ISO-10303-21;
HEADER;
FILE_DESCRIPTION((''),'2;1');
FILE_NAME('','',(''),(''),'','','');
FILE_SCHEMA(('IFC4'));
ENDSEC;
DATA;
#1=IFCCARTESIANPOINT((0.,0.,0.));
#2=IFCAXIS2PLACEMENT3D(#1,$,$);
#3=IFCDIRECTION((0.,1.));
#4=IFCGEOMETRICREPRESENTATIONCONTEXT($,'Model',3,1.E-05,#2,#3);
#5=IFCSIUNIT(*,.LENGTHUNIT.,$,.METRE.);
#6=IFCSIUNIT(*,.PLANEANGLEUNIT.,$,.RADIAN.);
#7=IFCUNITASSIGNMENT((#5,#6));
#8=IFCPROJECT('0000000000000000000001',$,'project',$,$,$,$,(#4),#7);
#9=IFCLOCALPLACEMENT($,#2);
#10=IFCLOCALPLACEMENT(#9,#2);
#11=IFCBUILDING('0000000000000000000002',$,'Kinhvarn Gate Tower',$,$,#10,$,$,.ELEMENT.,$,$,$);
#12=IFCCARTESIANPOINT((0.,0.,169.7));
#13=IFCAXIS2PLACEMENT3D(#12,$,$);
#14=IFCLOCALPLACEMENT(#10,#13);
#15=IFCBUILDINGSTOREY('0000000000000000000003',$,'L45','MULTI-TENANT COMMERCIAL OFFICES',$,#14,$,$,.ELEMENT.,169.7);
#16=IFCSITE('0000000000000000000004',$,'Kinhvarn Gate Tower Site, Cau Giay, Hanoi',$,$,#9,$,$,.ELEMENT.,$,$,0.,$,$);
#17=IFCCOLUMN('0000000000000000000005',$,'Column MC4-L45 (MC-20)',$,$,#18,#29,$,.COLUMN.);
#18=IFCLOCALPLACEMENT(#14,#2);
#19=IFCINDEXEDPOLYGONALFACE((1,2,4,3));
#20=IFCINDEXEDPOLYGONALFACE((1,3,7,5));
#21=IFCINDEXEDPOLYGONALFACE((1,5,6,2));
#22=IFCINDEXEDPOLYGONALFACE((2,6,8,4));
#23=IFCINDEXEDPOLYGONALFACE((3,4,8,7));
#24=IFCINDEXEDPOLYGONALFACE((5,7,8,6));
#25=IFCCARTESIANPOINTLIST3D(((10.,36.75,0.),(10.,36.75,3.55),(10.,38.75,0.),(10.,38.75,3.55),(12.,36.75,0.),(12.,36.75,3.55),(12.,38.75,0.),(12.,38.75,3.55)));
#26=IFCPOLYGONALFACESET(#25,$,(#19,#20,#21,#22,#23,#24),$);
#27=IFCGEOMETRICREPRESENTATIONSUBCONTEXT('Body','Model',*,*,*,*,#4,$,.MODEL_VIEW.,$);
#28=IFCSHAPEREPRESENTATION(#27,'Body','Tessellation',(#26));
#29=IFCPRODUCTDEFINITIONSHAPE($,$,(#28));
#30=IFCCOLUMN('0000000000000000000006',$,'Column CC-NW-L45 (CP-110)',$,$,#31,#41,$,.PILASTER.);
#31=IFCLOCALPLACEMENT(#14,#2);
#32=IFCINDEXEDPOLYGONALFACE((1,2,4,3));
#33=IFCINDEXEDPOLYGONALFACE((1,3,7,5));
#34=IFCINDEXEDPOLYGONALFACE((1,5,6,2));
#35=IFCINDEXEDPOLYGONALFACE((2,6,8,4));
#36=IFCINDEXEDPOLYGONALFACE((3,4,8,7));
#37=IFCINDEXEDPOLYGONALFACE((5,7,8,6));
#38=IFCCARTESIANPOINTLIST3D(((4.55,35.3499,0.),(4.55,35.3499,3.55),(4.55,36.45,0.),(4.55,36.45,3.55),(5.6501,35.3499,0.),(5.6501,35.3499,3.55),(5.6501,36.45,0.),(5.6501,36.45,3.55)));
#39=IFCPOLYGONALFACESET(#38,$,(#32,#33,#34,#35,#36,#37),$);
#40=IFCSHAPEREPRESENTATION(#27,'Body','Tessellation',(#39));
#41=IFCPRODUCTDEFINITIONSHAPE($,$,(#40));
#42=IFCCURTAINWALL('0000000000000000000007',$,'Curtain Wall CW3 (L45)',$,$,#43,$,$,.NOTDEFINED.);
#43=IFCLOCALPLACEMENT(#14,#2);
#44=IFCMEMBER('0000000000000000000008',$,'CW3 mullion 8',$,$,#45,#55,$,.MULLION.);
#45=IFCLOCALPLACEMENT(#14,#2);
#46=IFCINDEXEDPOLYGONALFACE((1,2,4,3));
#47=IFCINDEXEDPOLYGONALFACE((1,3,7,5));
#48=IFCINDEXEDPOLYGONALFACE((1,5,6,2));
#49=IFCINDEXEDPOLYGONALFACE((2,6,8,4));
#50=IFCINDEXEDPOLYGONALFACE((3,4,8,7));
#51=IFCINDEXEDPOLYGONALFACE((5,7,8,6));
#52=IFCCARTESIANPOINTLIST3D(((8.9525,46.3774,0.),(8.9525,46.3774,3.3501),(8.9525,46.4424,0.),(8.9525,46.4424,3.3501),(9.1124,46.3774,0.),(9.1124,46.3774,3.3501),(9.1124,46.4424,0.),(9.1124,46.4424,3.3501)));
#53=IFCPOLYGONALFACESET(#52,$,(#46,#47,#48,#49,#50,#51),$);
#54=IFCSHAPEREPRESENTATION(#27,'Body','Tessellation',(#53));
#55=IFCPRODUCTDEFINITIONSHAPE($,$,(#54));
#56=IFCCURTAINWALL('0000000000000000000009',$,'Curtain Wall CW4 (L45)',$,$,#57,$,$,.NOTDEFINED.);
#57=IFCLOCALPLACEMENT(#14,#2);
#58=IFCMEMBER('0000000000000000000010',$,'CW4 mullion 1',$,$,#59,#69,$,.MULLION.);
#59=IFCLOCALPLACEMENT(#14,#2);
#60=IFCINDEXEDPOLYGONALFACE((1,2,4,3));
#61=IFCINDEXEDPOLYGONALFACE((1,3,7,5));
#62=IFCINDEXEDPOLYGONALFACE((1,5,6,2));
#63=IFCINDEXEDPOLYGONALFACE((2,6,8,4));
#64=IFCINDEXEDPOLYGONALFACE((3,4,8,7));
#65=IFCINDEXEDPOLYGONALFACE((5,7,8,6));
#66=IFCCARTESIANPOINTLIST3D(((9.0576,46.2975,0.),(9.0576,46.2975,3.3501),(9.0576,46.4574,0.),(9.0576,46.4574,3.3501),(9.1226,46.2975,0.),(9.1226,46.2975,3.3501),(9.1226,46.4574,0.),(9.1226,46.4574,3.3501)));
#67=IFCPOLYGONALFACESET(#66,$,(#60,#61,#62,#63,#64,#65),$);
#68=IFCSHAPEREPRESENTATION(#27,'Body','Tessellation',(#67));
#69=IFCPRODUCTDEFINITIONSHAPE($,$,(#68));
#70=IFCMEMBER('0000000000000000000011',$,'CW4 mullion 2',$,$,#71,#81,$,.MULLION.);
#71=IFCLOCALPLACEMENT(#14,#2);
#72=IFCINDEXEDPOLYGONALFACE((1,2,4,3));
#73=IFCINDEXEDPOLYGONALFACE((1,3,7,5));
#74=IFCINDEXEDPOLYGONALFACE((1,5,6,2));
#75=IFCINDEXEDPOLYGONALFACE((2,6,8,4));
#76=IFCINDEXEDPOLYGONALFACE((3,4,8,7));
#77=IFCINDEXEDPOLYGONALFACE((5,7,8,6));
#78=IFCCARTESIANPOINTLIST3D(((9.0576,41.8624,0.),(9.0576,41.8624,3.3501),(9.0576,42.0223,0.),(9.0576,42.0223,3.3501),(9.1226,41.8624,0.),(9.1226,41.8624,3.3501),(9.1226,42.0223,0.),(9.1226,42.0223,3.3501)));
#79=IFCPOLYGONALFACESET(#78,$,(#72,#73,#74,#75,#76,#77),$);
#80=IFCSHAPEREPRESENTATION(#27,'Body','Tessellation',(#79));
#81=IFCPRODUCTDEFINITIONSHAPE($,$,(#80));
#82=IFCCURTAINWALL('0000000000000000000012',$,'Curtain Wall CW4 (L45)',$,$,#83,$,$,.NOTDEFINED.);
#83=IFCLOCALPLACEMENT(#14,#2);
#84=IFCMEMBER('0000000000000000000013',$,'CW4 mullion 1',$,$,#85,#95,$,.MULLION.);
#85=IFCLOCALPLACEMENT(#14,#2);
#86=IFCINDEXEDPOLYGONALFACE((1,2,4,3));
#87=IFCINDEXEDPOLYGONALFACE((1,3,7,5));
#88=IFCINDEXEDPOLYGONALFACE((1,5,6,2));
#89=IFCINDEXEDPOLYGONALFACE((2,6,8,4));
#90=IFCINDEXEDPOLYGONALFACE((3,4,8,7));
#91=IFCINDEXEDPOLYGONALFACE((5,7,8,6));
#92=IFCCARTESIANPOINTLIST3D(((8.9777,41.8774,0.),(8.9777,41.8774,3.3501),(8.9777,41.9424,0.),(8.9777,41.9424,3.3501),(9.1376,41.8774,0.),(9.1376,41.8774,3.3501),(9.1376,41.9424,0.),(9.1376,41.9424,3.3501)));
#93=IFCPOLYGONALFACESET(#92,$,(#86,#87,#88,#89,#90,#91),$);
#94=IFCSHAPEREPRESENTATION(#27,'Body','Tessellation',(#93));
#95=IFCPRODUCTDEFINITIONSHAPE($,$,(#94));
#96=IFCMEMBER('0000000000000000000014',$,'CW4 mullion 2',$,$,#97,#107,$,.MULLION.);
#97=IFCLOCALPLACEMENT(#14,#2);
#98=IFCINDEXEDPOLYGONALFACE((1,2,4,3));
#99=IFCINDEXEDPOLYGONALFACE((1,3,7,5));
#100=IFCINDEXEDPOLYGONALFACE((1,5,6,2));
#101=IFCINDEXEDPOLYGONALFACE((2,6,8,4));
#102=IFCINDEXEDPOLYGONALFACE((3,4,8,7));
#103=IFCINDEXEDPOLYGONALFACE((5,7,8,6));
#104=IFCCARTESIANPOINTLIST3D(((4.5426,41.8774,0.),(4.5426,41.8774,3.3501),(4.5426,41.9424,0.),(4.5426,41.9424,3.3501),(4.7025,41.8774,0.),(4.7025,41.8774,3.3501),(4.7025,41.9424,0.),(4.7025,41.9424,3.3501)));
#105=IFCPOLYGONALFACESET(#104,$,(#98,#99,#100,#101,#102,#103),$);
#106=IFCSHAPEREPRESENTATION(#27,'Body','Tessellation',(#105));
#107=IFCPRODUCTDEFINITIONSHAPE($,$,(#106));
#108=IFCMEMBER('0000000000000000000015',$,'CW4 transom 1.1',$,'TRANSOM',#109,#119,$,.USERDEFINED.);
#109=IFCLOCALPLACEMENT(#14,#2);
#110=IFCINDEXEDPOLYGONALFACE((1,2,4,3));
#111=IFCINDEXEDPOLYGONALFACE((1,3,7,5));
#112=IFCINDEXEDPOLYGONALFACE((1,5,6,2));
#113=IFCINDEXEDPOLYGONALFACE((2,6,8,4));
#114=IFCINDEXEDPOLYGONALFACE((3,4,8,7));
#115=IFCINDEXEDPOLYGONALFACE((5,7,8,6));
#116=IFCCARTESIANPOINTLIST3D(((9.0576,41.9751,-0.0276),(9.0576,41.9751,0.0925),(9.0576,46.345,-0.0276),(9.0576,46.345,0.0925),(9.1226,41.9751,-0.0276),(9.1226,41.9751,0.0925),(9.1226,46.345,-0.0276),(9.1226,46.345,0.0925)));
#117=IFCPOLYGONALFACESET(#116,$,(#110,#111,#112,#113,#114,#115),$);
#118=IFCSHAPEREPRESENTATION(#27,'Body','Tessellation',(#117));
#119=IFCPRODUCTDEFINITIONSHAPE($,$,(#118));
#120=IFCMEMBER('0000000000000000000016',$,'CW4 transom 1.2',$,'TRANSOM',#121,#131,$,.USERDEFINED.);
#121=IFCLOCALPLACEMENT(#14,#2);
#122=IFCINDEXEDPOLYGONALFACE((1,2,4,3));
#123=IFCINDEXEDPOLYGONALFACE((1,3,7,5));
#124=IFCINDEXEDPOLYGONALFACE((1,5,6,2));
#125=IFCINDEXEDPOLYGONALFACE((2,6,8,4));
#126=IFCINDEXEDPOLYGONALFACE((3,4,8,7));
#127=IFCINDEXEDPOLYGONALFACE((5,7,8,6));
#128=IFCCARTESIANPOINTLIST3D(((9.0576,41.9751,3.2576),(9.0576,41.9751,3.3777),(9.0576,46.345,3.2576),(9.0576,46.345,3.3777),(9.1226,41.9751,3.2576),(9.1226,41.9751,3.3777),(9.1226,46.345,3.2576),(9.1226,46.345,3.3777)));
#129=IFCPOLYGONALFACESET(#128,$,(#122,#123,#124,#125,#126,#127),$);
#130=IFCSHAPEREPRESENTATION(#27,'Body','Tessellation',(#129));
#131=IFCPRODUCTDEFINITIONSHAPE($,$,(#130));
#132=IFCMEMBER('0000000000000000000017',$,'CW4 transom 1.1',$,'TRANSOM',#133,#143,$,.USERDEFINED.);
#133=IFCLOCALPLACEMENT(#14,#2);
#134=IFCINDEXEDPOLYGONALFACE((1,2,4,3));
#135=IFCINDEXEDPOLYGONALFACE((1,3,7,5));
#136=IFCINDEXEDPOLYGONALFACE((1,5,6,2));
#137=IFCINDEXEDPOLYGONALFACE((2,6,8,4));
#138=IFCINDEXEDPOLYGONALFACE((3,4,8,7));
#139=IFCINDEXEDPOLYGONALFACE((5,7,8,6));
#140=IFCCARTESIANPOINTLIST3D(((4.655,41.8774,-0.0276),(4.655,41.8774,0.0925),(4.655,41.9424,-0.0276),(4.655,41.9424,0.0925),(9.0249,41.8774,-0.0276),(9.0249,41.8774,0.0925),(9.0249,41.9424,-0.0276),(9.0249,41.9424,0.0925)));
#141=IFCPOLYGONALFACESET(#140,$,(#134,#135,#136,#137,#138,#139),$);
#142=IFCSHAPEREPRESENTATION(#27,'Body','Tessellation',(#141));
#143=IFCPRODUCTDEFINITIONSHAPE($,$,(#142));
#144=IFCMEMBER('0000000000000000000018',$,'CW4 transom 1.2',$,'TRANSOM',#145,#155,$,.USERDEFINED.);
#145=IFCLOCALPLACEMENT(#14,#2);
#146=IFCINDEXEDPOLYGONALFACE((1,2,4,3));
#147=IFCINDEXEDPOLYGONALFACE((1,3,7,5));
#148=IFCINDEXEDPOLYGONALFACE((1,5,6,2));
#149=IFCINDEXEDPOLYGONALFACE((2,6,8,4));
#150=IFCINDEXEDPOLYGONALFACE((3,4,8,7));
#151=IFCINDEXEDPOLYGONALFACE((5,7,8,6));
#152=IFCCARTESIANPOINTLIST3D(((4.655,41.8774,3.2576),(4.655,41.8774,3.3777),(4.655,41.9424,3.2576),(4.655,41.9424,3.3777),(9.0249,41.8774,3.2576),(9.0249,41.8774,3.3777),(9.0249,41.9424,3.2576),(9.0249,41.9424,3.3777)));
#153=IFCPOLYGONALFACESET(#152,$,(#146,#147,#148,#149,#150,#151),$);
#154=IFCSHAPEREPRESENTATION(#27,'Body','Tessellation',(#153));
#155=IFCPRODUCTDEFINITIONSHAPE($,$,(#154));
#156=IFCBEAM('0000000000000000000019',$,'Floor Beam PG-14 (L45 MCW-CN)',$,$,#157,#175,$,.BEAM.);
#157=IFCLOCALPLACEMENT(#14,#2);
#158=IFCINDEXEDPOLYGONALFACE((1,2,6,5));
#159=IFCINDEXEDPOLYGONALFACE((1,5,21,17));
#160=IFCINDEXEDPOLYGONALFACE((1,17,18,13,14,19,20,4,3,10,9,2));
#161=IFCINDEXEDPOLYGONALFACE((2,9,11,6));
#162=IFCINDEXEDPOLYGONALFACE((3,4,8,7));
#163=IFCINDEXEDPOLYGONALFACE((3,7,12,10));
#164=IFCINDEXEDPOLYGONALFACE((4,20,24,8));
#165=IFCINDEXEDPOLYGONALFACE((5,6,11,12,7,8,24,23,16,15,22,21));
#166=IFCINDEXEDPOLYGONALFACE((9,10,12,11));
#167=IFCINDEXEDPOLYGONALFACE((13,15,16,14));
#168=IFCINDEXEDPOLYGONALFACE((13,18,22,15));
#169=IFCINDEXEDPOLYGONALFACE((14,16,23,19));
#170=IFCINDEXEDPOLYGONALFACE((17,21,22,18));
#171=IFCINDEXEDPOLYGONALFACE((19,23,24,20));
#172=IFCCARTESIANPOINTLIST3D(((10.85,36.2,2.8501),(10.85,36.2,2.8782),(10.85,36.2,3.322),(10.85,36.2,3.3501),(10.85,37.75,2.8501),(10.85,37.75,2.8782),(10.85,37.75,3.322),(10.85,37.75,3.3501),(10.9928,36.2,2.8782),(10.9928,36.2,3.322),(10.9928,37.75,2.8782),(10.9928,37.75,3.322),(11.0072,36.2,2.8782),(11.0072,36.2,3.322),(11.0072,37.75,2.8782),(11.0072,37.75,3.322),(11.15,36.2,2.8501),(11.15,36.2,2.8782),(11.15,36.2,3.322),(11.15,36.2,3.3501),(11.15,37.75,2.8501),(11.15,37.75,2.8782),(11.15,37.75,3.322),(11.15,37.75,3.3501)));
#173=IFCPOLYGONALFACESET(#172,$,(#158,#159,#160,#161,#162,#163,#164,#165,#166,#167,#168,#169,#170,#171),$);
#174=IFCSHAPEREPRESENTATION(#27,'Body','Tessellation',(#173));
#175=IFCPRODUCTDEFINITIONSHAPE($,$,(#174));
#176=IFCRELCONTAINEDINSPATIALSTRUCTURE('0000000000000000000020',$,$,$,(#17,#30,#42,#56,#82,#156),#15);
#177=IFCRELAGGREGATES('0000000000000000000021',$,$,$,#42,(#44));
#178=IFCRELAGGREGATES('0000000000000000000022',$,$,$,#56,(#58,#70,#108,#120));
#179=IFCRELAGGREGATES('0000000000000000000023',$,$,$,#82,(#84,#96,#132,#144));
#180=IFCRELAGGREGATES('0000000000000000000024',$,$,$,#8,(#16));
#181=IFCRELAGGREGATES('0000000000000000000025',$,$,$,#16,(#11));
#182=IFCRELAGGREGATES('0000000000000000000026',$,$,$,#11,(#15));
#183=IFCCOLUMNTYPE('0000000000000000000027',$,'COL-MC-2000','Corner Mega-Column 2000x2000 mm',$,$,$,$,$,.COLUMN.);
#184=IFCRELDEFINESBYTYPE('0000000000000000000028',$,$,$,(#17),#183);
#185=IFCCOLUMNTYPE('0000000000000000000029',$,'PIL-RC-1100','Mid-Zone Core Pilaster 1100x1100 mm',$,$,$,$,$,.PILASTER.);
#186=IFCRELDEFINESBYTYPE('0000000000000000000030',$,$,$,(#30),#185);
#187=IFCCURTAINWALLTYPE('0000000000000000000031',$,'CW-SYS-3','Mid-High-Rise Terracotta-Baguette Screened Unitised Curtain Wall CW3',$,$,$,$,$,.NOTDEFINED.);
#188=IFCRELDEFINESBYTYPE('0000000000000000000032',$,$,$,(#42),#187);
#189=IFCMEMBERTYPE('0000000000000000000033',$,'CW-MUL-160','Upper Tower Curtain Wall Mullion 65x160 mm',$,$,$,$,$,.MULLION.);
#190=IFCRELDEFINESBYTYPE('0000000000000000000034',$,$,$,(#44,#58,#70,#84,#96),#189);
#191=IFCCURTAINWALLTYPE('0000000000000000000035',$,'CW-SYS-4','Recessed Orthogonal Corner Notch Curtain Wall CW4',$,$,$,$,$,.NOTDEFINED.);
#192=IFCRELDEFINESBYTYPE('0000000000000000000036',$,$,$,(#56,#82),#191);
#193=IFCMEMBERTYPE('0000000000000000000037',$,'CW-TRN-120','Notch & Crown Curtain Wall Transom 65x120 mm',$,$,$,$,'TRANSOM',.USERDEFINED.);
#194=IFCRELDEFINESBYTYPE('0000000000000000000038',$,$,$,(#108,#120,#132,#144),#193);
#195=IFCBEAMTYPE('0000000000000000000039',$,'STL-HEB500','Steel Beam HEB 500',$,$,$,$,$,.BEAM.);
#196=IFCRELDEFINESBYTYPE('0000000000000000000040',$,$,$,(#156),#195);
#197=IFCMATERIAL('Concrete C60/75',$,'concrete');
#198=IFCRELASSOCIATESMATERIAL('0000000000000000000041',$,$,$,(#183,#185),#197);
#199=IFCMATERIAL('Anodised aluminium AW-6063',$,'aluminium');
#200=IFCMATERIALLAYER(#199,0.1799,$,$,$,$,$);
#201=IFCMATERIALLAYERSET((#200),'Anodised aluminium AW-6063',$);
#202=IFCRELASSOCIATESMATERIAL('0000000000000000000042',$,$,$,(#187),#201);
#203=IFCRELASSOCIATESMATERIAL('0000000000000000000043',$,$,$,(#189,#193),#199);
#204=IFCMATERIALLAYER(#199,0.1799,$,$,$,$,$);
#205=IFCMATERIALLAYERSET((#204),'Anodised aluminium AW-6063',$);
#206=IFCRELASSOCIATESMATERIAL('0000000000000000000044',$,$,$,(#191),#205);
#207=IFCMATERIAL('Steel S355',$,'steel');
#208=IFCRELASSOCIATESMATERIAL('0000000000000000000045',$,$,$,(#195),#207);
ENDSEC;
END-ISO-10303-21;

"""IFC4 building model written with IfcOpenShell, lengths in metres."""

from ifc_helpers import new_model, si_unit, direction, frame, origin, origin_2d, place, context, subcontext, project, spatial, rectangle, i_section, extrude, material, layer, layer_set, material_profile, profile_set, type_object, element, aggregate, save


model = new_model("IFC4")

# Units and contexts
model_context = context("Model", 3, precision=1e-05, world=origin(), true_north=direction((0.0, 1.0)))
body_context = subcontext(model_context, "Body", "Model", "MODEL_VIEW")
ifc_project = project(units=[si_unit("LENGTHUNIT", "METRE"), si_unit("PLANEANGLEUNIT", "RADIAN")], contexts=[model_context])

# Site, building, storey
site_placement = place(None, origin())
site = spatial("IfcSite", under=ifc_project, at=site_placement, Name="Kinhvarn Gate Tower Site, Cau Giay, Hanoi", CompositionType="ELEMENT", RefElevation=0.0)
building_placement = place(site_placement, origin())
building = spatial("IfcBuilding", under=site, at=building_placement, Name="Kinhvarn Gate Tower", CompositionType="ELEMENT")
storey_placement = place(building_placement, frame((0.0, 0.0, 169.7)))
storey = spatial("IfcBuildingStorey", under=building, at=storey_placement, Name="L45", Description="MULTI-TENANT COMMERCIAL OFFICES", CompositionType="ELEMENT", Elevation=169.7)

# Columns
ifc_material_1 = material(Name="Concrete C60/75", Category="concrete")
ifc_material_profile_1 = material_profile(ifc_material_1, rectangle(XDim=2.0, YDim=2.0, at=origin_2d()), Name="RC 2000x2000")
ifc_profile_set_1 = profile_set([ifc_material_profile_1], Name="Concrete C60/75")
column_type_1 = type_object("IfcColumnType", Name="COL-MC-2000", Description="Corner Mega-Column 2000x2000 mm", PredefinedType="COLUMN", material=ifc_profile_set_1)
column_1_placement = place(storey_placement, frame((11.0, 37.75, 0.0), z_axis=(0.0, 0.0, 1.0), x_axis=(1.0, 0.0, 0.0)))
element("IfcColumn", 1, at=column_1_placement, inside=storey, type_object=column_type_1, Name="Column MC4-L45 (MC-20)", PredefinedType="COLUMN", context=body_context, shape_type="SweptSolid", body=[
    extrude(rectangle(XDim=2.0, YDim=2.0, at=origin_2d()), origin(), (0.0, 0.0, 1.0), 3.55),
])
ifc_material_profile_2 = material_profile(ifc_material_1, rectangle(XDim=1.1001, YDim=1.1001, at=origin_2d()), Name="RC 1100x1100")
ifc_profile_set_2 = profile_set([ifc_material_profile_2], Name="Concrete C60/75")
column_type_2 = type_object("IfcColumnType", Name="PIL-RC-1100", Description="Mid-Zone Core Pilaster 1100x1100 mm", PredefinedType="PILASTER", material=ifc_profile_set_2)
column_2_placement = place(storey_placement, frame((5.1001, 35.8999, 0.0), z_axis=(0.0, 0.0, 1.0), x_axis=(1.0, 0.0, 0.0)))
element("IfcColumn", 2, at=column_2_placement, inside=storey, type_object=column_type_2, Name="Column CC-NW-L45 (CP-110)", PredefinedType="PILASTER", context=body_context, shape_type="SweptSolid", body=[
    extrude(rectangle(XDim=1.1001, YDim=1.1001, at=origin_2d()), origin(), (0.0, 0.0, 1.0), 3.55),
])

# Curtain wall, member
ifc_material_2 = material(Name="Anodised aluminium AW-6063", Category="aluminium")
ifc_layer_1 = layer(ifc_material_2, 0.1799)
ifc_layer_set_1 = layer_set([ifc_layer_1], Name="Anodised aluminium AW-6063")
curtain_wall_type_1 = type_object("IfcCurtainWallType", Name="CW-SYS-3", Description="Mid-High-Rise Terracotta-Baguette Screened Unitised Curtain Wall CW3", PredefinedType="NOTDEFINED", material=ifc_layer_set_1)
curtain_wall_1_placement = place(storey_placement, origin())
curtain_wall_1 = element("IfcCurtainWall", 3, at=curtain_wall_1_placement, inside=storey, type_object=curtain_wall_type_1, Name="Curtain Wall CW3 (L45)", PredefinedType="NOTDEFINED")
ifc_material_profile_3 = material_profile(ifc_material_2, rectangle(XDim=0.0649, YDim=0.1599, at=origin_2d()), Name="ALU 65x160")
ifc_profile_set_3 = profile_set([ifc_material_profile_3], Name="Anodised aluminium AW-6063")
member_type_1 = type_object("IfcMemberType", Name="CW-MUL-160", Description="Upper Tower Curtain Wall Mullion 65x160 mm", PredefinedType="MULLION", material=ifc_profile_set_3)
member_1_placement = place(storey_placement, frame((9.0325, 46.4099, 0.0), z_axis=(0.0, 0.0, 1.0), x_axis=(0.0, -1.0, 0.0)))
member_1 = element("IfcMember", 4, at=member_1_placement, type_object=member_type_1, Name="CW3 mullion 8", PredefinedType="MULLION", context=body_context, shape_type="SweptSolid", body=[
    extrude(rectangle(XDim=0.0649, YDim=0.1599, at=origin_2d()), origin(), (0.0, 0.0, 1.0), 3.3501),
])
aggregate(curtain_wall_1, [member_1])

# Curtain walls, members
ifc_layer_2 = layer(ifc_material_2, 0.1799)
ifc_layer_set_2 = layer_set([ifc_layer_2], Name="Anodised aluminium AW-6063")
curtain_wall_type_2 = type_object("IfcCurtainWallType", Name="CW-SYS-4", Description="Recessed Orthogonal Corner Notch Curtain Wall CW4", PredefinedType="NOTDEFINED", material=ifc_layer_set_2)
curtain_wall_2_placement = place(storey_placement, origin())
curtain_wall_2 = element("IfcCurtainWall", 5, at=curtain_wall_2_placement, inside=storey, type_object=curtain_wall_type_2, Name="Curtain Wall CW4 (L45)", PredefinedType="NOTDEFINED")
member_2_placement = place(storey_placement, frame((9.0901, 46.3774, 0.0), z_axis=(0.0, 0.0, 1.0), x_axis=(1.0, 0.0, 0.0)))
member_2 = element("IfcMember", 6, at=member_2_placement, type_object=member_type_1, Name="CW4 mullion 1", PredefinedType="MULLION", context=body_context, shape_type="SweptSolid", body=[
    extrude(rectangle(XDim=0.0649, YDim=0.1599, at=origin_2d()), origin(), (0.0, 0.0, 1.0), 3.3501),
])
member_3_placement = place(storey_placement, frame((9.0901, 41.9424, 0.0), z_axis=(0.0, 0.0, 1.0), x_axis=(1.0, 0.0, 0.0)))
member_3 = element("IfcMember", 7, at=member_3_placement, type_object=member_type_1, Name="CW4 mullion 2", PredefinedType="MULLION", context=body_context, shape_type="SweptSolid", body=[
    extrude(rectangle(XDim=0.0649, YDim=0.1599, at=origin_2d()), origin(), (0.0, 0.0, 1.0), 3.3501),
])
curtain_wall_3_placement = place(storey_placement, origin())
curtain_wall_3 = element("IfcCurtainWall", 8, at=curtain_wall_3_placement, inside=storey, type_object=curtain_wall_type_2, Name="Curtain Wall CW4 (L45)", PredefinedType="NOTDEFINED")
member_4_placement = place(storey_placement, frame((9.0576, 41.9099, 0.0), z_axis=(0.0, 0.0, 1.0), x_axis=(0.0, -1.0, 0.0)))
member_4 = element("IfcMember", 9, at=member_4_placement, type_object=member_type_1, Name="CW4 mullion 1", PredefinedType="MULLION", context=body_context, shape_type="SweptSolid", body=[
    extrude(rectangle(XDim=0.0649, YDim=0.1599, at=origin_2d()), origin(), (0.0, 0.0, 1.0), 3.3501),
])
member_5_placement = place(storey_placement, frame((4.6226, 41.9099, 0.0), z_axis=(0.0, 0.0, 1.0), x_axis=(0.0, -1.0, 0.0)))
member_5 = element("IfcMember", 10, at=member_5_placement, type_object=member_type_1, Name="CW4 mullion 2", PredefinedType="MULLION", context=body_context, shape_type="SweptSolid", body=[
    extrude(rectangle(XDim=0.0649, YDim=0.1599, at=origin_2d()), origin(), (0.0, 0.0, 1.0), 3.3501),
])

# Members
ifc_material_profile_4 = material_profile(ifc_material_2, rectangle(XDim=0.0649, YDim=0.1201, at=origin_2d()), Name="ALU 65x120")
ifc_profile_set_4 = profile_set([ifc_material_profile_4], Name="Anodised aluminium AW-6063")
member_type_2 = type_object("IfcMemberType", Name="CW-TRN-120", Description="Notch & Crown Curtain Wall Transom 65x120 mm", ElementType="TRANSOM", PredefinedType="USERDEFINED", material=ifc_profile_set_4)
member_6_placement = place(storey_placement, frame((9.0901, 46.345, 0.0325), z_axis=(0.0, -1.0, 0.0), x_axis=(1.0, 0.0, 0.0)))
member_6 = element("IfcMember", 11, at=member_6_placement, type_object=member_type_2, Name="CW4 transom 1.1", ObjectType="TRANSOM", PredefinedType="USERDEFINED", context=body_context, shape_type="SweptSolid", body=[
    extrude(rectangle(XDim=0.0649, YDim=0.1201, at=origin_2d()), origin(), (0.0, 0.0, 1.0), 4.3699),
])
member_7_placement = place(storey_placement, frame((9.0901, 46.345, 3.3176), z_axis=(0.0, -1.0, 0.0), x_axis=(1.0, 0.0, 0.0)))
member_7 = element("IfcMember", 12, at=member_7_placement, type_object=member_type_2, Name="CW4 transom 1.2", ObjectType="TRANSOM", PredefinedType="USERDEFINED", context=body_context, shape_type="SweptSolid", body=[
    extrude(rectangle(XDim=0.0649, YDim=0.1201, at=origin_2d()), origin(), (0.0, 0.0, 1.0), 4.3699),
])
member_8_placement = place(storey_placement, frame((9.0249, 41.9099, 0.0325), z_axis=(-1.0, 0.0, 0.0), x_axis=(0.0, -1.0, 0.0)))
member_8 = element("IfcMember", 13, at=member_8_placement, type_object=member_type_2, Name="CW4 transom 1.1", ObjectType="TRANSOM", PredefinedType="USERDEFINED", context=body_context, shape_type="SweptSolid", body=[
    extrude(rectangle(XDim=0.0649, YDim=0.1201, at=origin_2d()), origin(), (0.0, 0.0, 1.0), 4.3699),
])
member_9_placement = place(storey_placement, frame((9.0249, 41.9099, 3.3176), z_axis=(-1.0, 0.0, 0.0), x_axis=(0.0, -1.0, 0.0)))
member_9 = element("IfcMember", 14, at=member_9_placement, type_object=member_type_2, Name="CW4 transom 1.2", ObjectType="TRANSOM", PredefinedType="USERDEFINED", context=body_context, shape_type="SweptSolid", body=[
    extrude(rectangle(XDim=0.0649, YDim=0.1201, at=origin_2d()), origin(), (0.0, 0.0, 1.0), 4.3699),
])

# Beam
ifc_material_3 = material(Name="Steel S355", Category="steel")
ifc_material_profile_5 = material_profile(ifc_material_3, i_section(OverallWidth=0.3, OverallDepth=0.5, WebThickness=0.0144, FlangeThickness=0.0281, at=origin_2d()), Name="HEB 500")
ifc_profile_set_5 = profile_set([ifc_material_profile_5], Name="Steel S355")
beam_type_1 = type_object("IfcBeamType", Name="STL-HEB500", Description="Steel Beam HEB 500", PredefinedType="BEAM", material=ifc_profile_set_5)
beam_1_placement = place(storey_placement, frame((11.0, 36.2, 3.1001), z_axis=(0.0, 1.0, 0.0), x_axis=(-1.0, 0.0, 0.0)))
element("IfcBeam", 15, at=beam_1_placement, inside=storey, type_object=beam_type_1, Name="Floor Beam PG-14 (L45 MCW-CN)", PredefinedType="BEAM", context=body_context, shape_type="SweptSolid", body=[
    extrude(i_section(OverallWidth=0.3, OverallDepth=0.5, WebThickness=0.0144, FlangeThickness=0.0281, at=origin_2d()), origin(), (0.0, 0.0, 1.0), 1.55),
])

aggregate(curtain_wall_2, [member_2, member_3, member_6, member_7])
aggregate(curtain_wall_3, [member_4, member_5, member_8, member_9])

save(model, "model.ifc")
